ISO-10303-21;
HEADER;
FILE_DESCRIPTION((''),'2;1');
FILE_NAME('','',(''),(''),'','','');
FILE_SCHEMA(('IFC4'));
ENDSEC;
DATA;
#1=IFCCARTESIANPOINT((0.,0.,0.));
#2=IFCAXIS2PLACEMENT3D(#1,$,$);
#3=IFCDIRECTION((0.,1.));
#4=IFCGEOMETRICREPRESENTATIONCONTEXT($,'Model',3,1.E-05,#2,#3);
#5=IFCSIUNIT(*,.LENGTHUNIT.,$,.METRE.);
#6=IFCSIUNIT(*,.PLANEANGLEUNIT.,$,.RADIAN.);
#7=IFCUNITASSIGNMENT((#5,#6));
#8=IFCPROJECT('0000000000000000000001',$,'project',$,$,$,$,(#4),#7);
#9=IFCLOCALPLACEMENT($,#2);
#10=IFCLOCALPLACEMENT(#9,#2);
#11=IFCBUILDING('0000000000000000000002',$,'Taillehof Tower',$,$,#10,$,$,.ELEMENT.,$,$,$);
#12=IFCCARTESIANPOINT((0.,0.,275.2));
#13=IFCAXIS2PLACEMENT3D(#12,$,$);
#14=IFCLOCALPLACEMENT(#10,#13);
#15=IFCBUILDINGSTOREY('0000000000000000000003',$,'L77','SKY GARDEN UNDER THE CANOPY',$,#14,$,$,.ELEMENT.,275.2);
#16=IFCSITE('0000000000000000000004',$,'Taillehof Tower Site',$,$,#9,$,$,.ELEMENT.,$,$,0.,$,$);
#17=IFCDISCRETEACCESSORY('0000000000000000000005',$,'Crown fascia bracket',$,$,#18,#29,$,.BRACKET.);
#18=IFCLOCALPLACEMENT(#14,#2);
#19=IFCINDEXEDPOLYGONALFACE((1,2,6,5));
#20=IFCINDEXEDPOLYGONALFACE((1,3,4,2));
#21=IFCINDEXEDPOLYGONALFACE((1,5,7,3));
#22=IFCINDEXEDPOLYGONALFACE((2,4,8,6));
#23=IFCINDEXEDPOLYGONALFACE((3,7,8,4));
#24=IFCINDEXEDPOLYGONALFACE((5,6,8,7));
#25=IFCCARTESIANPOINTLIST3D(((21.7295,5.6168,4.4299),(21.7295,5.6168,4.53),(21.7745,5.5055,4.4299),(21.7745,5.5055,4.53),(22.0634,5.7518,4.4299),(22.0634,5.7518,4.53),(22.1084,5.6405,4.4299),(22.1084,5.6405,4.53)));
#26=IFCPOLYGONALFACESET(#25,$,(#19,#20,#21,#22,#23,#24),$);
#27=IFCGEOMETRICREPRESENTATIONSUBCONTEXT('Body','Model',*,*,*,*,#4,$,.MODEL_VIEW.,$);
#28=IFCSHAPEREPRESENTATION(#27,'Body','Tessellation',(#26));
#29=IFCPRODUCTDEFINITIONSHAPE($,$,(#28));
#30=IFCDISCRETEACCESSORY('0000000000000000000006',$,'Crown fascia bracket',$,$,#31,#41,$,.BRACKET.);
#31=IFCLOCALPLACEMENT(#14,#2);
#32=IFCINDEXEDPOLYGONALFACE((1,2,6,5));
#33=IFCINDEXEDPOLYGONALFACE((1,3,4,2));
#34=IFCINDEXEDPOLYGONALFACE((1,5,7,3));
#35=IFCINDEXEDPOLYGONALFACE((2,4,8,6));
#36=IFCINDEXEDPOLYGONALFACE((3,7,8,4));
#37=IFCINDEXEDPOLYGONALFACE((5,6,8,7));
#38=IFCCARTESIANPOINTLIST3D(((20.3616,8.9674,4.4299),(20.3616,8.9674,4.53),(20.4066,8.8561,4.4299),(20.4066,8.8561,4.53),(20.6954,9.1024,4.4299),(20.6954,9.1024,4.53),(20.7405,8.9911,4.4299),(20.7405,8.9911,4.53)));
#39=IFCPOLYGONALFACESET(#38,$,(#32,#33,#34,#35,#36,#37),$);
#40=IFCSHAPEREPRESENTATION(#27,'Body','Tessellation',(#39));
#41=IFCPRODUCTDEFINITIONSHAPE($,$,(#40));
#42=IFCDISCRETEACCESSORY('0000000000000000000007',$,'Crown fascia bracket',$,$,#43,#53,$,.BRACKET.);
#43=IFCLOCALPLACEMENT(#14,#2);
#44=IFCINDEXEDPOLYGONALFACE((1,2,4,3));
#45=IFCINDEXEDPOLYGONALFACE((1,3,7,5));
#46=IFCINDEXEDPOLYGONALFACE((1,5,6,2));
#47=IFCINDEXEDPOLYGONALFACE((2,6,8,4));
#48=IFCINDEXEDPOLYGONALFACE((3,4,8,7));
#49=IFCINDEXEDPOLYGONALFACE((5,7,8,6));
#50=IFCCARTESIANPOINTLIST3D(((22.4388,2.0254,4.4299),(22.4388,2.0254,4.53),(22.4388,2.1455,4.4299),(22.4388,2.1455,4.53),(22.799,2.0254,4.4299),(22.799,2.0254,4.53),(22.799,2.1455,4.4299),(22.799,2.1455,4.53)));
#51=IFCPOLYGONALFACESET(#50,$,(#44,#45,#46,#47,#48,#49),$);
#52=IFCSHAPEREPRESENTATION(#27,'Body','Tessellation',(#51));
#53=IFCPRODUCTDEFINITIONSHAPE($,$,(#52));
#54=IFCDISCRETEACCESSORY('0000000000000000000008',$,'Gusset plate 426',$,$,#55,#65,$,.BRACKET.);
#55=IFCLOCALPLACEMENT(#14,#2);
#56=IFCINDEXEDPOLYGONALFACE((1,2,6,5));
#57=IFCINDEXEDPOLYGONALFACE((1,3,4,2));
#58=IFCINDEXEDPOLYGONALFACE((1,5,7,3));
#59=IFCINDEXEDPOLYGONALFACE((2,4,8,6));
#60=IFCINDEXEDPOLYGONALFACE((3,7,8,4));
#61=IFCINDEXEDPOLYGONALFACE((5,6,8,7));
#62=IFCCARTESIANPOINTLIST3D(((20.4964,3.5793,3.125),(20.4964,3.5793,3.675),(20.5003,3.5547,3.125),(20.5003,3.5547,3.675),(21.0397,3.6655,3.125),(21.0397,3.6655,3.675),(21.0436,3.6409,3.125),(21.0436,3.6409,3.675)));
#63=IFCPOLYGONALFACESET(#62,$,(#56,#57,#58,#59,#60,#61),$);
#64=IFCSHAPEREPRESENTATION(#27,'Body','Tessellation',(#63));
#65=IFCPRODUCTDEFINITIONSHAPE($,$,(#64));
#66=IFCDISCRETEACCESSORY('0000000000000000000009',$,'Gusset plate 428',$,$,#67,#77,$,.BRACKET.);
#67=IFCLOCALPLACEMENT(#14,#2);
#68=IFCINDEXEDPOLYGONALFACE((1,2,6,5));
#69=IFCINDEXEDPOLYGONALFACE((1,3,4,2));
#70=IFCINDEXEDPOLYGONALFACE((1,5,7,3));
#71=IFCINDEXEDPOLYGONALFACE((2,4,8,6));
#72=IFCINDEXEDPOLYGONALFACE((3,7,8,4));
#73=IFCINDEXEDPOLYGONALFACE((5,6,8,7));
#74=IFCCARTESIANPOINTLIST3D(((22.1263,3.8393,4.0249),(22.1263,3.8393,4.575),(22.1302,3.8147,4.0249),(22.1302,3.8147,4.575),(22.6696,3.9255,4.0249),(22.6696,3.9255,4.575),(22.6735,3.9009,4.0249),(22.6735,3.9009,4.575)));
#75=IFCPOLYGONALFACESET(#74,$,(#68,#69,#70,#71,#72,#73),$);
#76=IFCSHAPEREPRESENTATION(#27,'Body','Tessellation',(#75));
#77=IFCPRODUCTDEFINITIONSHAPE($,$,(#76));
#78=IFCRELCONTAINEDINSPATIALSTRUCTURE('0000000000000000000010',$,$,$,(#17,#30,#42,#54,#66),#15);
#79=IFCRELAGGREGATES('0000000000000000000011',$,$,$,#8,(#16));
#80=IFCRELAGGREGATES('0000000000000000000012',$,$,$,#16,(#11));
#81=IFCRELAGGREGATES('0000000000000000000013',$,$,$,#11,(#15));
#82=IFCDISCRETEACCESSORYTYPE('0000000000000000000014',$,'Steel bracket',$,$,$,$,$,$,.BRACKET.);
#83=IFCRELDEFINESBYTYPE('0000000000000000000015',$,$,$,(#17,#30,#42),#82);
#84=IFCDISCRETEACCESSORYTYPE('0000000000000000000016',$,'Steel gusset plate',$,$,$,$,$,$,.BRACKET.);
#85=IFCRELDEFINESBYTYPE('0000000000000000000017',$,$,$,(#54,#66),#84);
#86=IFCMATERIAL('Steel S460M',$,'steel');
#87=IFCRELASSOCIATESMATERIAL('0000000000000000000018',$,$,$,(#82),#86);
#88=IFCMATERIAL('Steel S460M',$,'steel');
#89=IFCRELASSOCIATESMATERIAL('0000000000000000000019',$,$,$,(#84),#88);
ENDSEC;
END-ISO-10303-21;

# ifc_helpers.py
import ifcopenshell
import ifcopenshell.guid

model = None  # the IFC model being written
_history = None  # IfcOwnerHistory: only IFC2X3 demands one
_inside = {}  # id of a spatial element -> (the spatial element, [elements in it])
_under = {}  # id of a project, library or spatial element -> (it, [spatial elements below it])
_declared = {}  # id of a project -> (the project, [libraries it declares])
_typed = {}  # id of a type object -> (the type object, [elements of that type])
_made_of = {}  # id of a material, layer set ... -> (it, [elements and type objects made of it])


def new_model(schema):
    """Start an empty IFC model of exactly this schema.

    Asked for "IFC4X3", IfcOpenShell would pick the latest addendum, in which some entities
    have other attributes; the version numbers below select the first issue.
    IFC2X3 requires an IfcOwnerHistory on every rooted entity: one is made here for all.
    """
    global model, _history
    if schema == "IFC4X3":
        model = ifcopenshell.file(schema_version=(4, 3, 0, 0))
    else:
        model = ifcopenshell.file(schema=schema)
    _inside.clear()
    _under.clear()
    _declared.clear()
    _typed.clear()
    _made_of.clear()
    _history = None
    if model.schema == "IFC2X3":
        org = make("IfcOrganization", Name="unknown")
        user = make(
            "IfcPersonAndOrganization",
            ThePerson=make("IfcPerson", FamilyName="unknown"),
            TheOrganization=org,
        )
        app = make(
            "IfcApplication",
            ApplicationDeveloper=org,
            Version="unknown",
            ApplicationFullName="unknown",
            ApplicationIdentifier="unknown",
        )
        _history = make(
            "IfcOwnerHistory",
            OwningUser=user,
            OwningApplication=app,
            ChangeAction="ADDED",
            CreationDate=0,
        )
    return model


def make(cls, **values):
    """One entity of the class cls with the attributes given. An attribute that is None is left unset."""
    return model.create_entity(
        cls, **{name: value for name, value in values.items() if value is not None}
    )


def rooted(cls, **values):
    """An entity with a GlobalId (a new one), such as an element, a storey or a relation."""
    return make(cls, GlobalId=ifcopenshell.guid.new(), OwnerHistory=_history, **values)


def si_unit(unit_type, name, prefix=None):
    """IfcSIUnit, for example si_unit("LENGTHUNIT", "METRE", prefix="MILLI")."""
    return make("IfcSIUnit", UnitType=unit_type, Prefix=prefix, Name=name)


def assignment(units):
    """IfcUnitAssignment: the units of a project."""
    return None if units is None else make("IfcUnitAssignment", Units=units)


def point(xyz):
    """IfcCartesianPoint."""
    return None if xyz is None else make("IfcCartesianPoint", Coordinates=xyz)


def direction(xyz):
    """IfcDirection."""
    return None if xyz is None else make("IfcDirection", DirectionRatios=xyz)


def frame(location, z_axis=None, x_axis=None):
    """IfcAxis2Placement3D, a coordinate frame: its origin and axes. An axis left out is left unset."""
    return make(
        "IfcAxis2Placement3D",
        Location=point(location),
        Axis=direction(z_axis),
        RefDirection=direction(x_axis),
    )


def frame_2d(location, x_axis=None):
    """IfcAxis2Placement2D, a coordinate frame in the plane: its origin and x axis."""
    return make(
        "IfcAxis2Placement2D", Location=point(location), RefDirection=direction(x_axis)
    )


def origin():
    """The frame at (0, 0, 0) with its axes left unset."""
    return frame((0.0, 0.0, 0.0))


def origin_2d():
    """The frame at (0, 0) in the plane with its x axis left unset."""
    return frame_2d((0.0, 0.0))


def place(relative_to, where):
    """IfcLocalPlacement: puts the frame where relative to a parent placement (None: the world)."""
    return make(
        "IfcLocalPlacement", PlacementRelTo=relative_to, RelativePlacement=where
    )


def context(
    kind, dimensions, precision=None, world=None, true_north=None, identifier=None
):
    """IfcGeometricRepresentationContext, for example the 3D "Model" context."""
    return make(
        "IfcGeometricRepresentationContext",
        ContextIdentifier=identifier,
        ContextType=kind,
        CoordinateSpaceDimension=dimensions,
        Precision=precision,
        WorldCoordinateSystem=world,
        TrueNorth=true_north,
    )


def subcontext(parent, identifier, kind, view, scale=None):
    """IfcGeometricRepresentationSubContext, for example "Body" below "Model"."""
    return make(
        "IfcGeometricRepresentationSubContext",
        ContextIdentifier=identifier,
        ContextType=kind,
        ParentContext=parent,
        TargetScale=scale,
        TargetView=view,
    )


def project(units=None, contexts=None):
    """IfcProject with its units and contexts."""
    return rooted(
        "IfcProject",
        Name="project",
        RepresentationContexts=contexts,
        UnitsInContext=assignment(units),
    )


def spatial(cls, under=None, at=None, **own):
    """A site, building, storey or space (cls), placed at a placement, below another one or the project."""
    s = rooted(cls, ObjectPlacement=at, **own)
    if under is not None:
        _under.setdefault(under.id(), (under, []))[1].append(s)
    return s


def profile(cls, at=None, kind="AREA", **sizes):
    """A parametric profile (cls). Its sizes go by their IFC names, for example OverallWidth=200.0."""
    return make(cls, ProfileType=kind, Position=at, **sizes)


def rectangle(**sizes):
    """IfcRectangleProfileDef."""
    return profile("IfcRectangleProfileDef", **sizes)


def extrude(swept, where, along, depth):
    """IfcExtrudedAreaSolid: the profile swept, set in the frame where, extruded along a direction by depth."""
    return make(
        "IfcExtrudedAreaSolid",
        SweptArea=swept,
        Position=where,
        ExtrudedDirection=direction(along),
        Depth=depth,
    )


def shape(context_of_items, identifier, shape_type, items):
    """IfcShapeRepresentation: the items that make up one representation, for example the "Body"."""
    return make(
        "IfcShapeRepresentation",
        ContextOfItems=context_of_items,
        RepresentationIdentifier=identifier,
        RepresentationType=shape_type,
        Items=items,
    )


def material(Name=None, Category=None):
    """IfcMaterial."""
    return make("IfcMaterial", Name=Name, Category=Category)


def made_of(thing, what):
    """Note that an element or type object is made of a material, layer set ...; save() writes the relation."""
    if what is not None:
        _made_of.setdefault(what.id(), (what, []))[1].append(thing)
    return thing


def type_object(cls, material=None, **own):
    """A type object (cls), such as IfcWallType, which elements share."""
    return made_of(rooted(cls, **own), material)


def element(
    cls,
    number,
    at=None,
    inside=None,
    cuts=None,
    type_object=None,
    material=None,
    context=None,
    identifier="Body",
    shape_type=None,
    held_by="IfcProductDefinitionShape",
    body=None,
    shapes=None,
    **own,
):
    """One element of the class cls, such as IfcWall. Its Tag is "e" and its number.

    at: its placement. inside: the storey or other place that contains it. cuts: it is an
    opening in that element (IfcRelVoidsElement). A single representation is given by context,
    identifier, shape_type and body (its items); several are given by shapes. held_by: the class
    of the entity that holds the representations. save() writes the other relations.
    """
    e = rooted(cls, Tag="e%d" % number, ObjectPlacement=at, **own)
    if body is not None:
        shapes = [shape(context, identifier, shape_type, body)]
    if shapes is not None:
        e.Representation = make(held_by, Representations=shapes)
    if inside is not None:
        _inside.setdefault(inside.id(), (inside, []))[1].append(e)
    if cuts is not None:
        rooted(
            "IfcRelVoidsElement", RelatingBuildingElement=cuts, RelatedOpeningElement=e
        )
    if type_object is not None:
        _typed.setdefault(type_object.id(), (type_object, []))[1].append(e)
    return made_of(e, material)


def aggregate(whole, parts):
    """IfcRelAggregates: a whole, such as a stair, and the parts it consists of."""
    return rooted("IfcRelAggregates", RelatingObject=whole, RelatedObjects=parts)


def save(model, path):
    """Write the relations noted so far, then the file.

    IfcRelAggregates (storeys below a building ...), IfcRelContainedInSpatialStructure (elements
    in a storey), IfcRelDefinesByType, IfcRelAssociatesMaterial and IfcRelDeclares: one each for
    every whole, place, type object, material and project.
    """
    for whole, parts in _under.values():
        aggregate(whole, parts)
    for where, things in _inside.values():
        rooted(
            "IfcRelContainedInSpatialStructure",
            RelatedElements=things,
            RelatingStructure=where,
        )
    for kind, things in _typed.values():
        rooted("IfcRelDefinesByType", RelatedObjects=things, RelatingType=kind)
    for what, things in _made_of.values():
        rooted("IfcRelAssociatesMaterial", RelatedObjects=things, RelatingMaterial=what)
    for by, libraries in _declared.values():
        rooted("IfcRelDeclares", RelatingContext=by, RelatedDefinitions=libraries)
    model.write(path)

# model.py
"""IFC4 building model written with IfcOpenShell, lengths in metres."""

from ifc_helpers import new_model, si_unit, direction, frame, origin, origin_2d, place, context, subcontext, project, spatial, rectangle, extrude, material, type_object, element, save


model = new_model("IFC4")

# Units and contexts
model_context = context("Model", 3, precision=1e-05, world=origin(), true_north=direction((0.0, 1.0)))
body_context = subcontext(model_context, "Body", "Model", "MODEL_VIEW")
ifc_project = project(units=[si_unit("LENGTHUNIT", "METRE"), si_unit("PLANEANGLEUNIT", "RADIAN")], contexts=[model_context])

# Site, building, storey
site_placement = place(None, origin())
site = spatial("IfcSite", under=ifc_project, at=site_placement, Name="Taillehof Tower Site", CompositionType="ELEMENT", RefElevation=0.0)
building_placement = place(site_placement, origin())
building = spatial("IfcBuilding", under=site, at=building_placement, Name="Taillehof Tower", CompositionType="ELEMENT")
storey_placement = place(building_placement, frame((0.0, 0.0, 275.2)))
storey = spatial("IfcBuildingStorey", under=building, at=storey_placement, Name="L77", Description="SKY GARDEN UNDER THE CANOPY", CompositionType="ELEMENT", Elevation=275.2)

# Discrete accessories
ifc_material_1 = material(Name="Steel S460M", Category="steel")
discrete_accessory_type_1 = type_object("IfcDiscreteAccessoryType", Name="Steel bracket", PredefinedType="BRACKET", material=ifc_material_1)
for number, where, z_axis, x_axis, name in (
    (1, (21.9189, 5.6287, 4.4299), (0.0, 0.0, 1.0), (0.927086, 0.374849, 0.0), "Crown fascia bracket"),
    (2, (20.551, 8.9792, 4.4299), (0.0, 0.0, 1.0), (0.927086, 0.374849, 0.0), "Crown fascia bracket"),
    (3, (22.6189, 2.0854, 4.4299), (0.0, 0.0, 1.0), (1.0, 0.0, 0.0), "Crown fascia bracket"),
):
    element("IfcDiscreteAccessory", number, at=place(storey_placement, frame(where, z_axis=z_axis, x_axis=x_axis)), inside=storey, type_object=discrete_accessory_type_1, Name=name, PredefinedType="BRACKET", context=body_context, shape_type="SweptSolid", body=[
        extrude(rectangle(XDim=0.3601, YDim=0.1201, at=origin_2d()), origin(), (0.0, 0.0, 1.0), 0.1001),
    ])
ifc_material_2 = material(Name="Steel S460M", Category="steel")
discrete_accessory_type_2 = type_object("IfcDiscreteAccessoryType", Name="Steel gusset plate", PredefinedType="BRACKET", material=ifc_material_2)
for number, where, z_axis, x_axis, name in (
    (4, (20.77, 3.6101, 3.125), (0.0, 0.0, 1.0), (-0.987635, -0.156771, 0.0), "Gusset plate 426"),
    (5, (22.3999, 3.8701, 4.0249), (0.0, 0.0, 1.0), (-0.987635, -0.156771, 0.0), "Gusset plate 428"),
):
    element("IfcDiscreteAccessory", number, at=place(storey_placement, frame(where, z_axis=z_axis, x_axis=x_axis)), inside=storey, type_object=discrete_accessory_type_2, Name=name, PredefinedType="BRACKET", context=body_context, shape_type="SweptSolid", body=[
        extrude(rectangle(XDim=0.55, YDim=0.0249, at=origin_2d()), origin(), (0.0, 0.0, 1.0), 0.55),
    ])

save(model, "model.ifc")
